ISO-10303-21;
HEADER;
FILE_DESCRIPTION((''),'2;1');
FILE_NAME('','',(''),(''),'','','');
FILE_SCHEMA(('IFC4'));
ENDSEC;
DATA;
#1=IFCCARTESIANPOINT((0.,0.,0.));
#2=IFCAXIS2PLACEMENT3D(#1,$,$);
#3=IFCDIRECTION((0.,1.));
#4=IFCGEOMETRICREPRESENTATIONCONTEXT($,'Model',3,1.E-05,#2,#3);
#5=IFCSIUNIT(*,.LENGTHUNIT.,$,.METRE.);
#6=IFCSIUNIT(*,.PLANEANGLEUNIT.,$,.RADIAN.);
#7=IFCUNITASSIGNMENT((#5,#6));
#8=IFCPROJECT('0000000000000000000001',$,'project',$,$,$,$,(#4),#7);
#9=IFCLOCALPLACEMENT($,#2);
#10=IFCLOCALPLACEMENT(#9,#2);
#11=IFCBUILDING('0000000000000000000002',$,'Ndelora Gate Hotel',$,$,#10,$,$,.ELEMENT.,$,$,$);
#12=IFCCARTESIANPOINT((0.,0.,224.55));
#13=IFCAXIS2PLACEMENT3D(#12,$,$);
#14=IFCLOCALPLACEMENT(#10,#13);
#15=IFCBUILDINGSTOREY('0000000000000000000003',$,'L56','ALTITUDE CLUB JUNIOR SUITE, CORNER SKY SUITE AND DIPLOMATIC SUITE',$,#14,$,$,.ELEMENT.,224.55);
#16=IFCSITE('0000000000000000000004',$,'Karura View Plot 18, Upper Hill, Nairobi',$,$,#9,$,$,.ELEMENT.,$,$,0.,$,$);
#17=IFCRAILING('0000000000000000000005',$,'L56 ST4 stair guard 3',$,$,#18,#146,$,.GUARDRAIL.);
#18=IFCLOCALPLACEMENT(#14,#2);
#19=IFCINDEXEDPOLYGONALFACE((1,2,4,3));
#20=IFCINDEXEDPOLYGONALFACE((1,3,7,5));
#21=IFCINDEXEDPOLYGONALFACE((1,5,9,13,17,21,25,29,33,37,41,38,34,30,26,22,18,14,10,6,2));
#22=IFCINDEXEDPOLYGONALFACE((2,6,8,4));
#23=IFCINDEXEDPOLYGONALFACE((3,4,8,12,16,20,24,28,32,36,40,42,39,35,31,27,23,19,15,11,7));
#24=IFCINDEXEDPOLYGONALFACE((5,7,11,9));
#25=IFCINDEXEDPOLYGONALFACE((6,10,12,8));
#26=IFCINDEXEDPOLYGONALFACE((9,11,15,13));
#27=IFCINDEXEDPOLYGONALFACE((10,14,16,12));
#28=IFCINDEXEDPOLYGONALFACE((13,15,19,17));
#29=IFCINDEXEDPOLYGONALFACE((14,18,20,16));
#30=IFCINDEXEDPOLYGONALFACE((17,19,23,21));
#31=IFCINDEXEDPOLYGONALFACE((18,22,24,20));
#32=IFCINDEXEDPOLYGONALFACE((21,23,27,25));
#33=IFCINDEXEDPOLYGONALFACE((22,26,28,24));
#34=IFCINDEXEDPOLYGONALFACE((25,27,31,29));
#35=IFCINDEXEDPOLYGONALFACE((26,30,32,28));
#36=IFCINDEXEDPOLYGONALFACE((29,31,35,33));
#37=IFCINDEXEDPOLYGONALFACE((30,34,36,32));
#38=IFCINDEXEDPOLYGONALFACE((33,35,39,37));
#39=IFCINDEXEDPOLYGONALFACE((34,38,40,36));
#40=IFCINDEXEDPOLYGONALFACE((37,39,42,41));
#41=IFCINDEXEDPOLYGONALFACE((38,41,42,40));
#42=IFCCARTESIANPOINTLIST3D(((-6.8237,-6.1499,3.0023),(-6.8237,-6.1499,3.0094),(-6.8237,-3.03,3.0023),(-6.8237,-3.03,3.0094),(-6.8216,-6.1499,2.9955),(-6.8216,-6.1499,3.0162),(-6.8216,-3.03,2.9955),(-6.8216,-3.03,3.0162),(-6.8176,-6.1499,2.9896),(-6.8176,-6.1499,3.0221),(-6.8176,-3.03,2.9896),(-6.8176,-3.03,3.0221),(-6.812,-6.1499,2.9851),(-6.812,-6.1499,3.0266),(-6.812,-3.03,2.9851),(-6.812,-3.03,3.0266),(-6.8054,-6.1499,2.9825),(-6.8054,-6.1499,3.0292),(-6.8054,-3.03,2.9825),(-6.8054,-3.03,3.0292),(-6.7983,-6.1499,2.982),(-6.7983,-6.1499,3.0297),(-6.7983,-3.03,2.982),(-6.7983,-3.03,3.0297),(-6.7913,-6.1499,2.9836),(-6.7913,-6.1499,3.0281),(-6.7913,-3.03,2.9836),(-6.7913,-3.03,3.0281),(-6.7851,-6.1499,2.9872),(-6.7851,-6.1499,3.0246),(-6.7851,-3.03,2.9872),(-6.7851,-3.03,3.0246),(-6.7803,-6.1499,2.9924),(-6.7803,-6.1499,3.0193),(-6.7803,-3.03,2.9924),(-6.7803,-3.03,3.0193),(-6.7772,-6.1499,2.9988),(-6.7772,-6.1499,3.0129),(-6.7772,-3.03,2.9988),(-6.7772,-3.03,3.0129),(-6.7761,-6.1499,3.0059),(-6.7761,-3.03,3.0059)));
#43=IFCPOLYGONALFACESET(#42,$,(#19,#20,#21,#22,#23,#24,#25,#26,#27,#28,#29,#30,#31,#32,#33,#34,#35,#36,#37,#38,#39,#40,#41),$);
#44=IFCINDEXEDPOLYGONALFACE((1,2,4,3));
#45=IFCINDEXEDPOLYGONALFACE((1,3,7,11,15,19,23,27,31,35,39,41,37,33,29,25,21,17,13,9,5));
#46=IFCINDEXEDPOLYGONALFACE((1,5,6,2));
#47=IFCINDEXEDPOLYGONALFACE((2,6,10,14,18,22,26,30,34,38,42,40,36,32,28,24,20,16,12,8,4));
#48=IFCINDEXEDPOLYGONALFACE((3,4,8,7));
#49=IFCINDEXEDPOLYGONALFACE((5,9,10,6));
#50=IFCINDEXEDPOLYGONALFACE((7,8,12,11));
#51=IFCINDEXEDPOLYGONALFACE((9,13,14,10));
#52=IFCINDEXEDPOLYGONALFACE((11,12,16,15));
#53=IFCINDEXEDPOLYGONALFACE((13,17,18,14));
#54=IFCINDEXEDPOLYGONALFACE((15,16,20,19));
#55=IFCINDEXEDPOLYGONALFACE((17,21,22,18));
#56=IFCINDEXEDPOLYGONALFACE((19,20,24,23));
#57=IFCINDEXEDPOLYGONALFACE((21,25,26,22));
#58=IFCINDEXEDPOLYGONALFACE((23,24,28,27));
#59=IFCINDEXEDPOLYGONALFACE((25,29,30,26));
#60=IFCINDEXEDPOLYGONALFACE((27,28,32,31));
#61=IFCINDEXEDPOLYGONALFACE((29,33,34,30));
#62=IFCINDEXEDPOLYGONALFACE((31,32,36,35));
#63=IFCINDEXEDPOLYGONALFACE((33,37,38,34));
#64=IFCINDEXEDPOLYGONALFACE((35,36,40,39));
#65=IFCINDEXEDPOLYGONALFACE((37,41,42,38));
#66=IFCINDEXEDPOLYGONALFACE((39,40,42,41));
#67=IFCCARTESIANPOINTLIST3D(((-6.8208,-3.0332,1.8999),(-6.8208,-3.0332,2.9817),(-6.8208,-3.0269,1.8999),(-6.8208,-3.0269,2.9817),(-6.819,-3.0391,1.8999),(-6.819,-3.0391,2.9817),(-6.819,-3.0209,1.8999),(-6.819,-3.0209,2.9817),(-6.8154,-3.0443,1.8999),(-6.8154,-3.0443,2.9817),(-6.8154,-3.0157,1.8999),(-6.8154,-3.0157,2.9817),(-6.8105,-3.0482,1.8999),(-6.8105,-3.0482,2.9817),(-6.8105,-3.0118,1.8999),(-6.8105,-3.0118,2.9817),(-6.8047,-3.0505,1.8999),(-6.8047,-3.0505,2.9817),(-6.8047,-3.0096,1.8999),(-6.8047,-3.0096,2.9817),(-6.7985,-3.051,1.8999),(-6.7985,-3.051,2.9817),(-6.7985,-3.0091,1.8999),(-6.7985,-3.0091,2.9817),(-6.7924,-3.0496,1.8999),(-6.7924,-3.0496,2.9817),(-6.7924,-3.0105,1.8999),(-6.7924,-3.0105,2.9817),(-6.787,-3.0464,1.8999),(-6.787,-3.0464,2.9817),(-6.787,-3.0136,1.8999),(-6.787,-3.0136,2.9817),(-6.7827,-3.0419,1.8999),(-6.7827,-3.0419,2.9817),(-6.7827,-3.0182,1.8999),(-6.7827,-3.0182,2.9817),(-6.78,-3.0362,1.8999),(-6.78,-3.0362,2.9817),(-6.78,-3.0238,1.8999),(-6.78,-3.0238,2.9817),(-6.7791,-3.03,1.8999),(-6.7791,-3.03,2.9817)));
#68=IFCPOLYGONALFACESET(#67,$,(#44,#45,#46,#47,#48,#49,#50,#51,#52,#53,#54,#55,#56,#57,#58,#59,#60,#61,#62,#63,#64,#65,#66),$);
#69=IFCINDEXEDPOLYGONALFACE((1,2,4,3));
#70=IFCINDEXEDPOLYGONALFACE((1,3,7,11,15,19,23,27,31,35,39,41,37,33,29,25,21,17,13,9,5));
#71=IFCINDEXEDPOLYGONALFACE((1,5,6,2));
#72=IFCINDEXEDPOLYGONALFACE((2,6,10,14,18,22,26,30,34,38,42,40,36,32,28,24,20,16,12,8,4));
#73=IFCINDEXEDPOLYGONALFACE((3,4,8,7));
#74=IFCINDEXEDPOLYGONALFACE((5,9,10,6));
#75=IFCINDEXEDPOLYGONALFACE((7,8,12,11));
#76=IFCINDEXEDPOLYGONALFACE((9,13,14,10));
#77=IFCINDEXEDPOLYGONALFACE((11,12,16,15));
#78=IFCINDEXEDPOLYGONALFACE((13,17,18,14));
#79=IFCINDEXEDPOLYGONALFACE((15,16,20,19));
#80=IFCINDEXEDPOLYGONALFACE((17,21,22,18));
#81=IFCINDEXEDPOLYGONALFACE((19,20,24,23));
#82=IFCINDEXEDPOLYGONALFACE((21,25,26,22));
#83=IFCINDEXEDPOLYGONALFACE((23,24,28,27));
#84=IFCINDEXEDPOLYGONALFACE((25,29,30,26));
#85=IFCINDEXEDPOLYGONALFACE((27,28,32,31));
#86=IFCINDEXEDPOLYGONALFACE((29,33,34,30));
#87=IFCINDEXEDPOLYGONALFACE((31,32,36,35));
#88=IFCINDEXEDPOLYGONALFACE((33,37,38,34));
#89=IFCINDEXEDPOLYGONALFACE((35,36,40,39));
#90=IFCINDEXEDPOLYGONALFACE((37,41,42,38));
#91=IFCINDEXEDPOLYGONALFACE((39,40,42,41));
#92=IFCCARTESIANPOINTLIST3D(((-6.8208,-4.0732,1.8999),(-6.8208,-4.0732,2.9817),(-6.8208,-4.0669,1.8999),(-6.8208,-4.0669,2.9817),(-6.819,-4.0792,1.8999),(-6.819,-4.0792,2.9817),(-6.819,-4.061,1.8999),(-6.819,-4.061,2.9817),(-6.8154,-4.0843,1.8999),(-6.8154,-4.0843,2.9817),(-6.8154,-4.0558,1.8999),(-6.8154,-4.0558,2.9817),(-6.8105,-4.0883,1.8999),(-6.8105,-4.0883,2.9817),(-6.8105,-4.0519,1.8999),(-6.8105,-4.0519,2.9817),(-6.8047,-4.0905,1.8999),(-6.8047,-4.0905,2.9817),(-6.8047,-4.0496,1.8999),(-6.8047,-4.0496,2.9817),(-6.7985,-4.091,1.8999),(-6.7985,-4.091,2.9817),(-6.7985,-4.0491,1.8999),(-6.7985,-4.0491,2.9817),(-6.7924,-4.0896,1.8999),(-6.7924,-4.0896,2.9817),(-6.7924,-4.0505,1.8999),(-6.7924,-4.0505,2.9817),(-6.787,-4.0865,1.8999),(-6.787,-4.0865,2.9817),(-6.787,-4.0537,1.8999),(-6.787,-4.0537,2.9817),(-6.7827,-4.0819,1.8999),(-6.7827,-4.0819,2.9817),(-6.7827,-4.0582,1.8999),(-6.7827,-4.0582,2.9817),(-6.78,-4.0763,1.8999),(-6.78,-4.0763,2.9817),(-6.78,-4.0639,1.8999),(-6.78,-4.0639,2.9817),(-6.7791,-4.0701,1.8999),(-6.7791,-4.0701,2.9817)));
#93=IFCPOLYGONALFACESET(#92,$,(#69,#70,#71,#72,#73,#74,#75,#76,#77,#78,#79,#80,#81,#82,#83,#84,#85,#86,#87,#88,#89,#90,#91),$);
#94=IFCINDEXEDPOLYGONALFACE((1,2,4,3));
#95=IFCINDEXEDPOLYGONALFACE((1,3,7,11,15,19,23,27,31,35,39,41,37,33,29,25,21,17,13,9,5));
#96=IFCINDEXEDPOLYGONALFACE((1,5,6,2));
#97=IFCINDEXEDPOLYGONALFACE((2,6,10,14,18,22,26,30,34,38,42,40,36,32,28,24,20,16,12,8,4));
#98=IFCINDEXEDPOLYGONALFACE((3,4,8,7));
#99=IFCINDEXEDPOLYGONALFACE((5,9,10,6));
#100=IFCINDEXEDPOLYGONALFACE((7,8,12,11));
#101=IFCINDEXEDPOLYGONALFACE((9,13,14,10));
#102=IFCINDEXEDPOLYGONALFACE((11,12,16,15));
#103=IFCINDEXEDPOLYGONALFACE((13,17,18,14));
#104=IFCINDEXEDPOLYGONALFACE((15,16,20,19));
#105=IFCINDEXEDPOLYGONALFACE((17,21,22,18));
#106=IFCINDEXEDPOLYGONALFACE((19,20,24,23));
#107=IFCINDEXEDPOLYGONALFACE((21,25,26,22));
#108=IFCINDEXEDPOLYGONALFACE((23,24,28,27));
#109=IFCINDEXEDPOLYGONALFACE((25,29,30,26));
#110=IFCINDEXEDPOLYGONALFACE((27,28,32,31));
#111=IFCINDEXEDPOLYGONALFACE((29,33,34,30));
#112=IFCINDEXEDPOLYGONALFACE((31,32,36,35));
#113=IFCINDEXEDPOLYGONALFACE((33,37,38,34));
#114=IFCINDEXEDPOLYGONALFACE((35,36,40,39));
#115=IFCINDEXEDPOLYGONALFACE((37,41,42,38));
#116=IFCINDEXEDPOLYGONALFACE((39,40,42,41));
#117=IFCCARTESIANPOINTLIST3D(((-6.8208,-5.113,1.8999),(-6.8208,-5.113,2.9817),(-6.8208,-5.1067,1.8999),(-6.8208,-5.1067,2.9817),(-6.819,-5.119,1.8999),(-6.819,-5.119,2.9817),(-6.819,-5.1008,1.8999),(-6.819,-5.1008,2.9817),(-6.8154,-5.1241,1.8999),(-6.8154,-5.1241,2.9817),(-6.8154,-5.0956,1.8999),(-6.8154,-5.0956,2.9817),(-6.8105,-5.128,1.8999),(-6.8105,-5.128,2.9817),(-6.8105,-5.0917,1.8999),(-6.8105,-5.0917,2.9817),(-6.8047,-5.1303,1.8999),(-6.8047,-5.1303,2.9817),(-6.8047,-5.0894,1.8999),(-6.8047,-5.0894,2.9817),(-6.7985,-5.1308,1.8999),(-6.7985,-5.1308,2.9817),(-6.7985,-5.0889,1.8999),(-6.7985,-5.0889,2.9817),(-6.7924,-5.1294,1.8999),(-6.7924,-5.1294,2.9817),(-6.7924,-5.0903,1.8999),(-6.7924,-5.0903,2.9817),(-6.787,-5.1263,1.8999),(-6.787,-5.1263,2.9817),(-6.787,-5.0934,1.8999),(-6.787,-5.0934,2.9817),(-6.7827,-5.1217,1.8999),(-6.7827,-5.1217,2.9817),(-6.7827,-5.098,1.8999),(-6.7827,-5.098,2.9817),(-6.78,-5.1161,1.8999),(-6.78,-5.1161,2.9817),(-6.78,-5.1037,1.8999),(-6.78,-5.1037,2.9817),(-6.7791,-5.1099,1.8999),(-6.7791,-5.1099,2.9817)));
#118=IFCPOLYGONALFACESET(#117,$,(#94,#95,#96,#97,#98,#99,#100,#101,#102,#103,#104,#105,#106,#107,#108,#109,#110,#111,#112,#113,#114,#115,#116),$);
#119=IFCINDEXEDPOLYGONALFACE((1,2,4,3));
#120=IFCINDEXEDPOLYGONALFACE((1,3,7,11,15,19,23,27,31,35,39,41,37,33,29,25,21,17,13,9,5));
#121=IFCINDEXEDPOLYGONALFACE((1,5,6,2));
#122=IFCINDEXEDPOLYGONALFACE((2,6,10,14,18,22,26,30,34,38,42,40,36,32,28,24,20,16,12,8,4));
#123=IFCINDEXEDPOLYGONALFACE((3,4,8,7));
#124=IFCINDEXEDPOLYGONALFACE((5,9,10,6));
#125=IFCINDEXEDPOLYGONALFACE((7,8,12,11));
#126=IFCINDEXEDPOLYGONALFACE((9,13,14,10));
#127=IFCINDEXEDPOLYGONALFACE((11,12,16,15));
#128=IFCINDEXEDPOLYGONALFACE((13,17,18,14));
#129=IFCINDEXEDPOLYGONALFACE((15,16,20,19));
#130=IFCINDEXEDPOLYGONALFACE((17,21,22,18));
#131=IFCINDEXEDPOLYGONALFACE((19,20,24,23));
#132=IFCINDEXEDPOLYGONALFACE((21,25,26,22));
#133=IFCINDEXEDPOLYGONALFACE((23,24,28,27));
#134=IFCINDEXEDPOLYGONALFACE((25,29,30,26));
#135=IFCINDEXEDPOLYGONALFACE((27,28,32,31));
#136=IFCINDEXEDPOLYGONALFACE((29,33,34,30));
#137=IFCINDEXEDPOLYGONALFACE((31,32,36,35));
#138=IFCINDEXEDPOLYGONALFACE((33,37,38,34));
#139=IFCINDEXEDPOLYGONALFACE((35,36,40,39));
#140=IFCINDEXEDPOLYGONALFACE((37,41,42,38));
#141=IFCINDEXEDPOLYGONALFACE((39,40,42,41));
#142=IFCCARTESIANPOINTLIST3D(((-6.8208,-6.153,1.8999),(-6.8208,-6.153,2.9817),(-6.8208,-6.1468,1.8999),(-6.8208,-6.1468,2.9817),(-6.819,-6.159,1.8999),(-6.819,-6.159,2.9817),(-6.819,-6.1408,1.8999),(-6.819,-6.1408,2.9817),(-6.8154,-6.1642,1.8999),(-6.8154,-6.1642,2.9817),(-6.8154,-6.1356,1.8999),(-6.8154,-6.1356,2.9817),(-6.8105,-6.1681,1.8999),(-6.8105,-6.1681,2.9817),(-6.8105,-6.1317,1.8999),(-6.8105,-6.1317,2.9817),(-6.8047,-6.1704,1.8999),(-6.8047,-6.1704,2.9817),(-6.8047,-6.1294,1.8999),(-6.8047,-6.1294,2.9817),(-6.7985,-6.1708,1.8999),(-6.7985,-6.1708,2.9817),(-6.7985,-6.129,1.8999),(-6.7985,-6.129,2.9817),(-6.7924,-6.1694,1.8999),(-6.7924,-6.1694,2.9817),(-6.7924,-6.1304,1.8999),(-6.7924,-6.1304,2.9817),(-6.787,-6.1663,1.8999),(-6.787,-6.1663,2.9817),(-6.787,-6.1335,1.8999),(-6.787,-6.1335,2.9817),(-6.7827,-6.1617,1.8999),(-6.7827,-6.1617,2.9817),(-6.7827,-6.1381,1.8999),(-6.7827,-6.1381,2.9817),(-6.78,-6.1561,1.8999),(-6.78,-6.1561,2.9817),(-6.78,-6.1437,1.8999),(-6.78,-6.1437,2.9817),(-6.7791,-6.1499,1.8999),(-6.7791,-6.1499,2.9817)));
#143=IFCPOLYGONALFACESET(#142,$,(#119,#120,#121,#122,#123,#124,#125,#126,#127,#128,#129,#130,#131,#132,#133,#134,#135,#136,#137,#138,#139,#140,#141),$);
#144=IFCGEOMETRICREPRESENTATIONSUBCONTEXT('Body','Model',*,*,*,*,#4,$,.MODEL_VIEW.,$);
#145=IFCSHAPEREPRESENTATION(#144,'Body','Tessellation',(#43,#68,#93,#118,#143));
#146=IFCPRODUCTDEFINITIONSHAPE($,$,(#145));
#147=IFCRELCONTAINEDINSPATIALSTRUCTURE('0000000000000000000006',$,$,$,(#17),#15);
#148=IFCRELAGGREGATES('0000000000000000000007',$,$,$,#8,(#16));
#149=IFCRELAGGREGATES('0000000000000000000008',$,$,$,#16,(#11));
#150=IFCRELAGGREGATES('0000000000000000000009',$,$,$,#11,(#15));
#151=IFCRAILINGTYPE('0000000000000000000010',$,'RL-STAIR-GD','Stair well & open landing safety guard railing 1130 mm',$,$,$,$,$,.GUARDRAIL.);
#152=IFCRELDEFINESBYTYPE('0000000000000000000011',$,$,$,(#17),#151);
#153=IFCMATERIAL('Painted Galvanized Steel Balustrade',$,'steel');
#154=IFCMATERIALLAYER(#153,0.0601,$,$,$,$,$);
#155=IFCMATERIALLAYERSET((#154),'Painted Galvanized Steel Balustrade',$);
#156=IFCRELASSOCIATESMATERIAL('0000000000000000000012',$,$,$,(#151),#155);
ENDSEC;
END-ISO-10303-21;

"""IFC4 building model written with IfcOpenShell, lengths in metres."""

from ifc_helpers import new_model, si_unit, direction, frame, origin, origin_2d, place, context, subcontext, project, spatial, circle, extrude, material, layer, layer_set, type_object, element, save


model = new_model("IFC4")

# Units and contexts
model_context = context("Model", 3, precision=1e-05, world=origin(), true_north=direction((0.0, 1.0)))
body_context = subcontext(model_context, "Body", "Model", "MODEL_VIEW")
ifc_project = project(units=[si_unit("LENGTHUNIT", "METRE"), si_unit("PLANEANGLEUNIT", "RADIAN")], contexts=[model_context])

# Site, building, storey
site_placement = place(None, origin())
site = spatial("IfcSite", under=ifc_project, at=site_placement, Name="Karura View Plot 18, Upper Hill, Nairobi", CompositionType="ELEMENT", RefElevation=0.0)
building_placement = place(site_placement, origin())
building = spatial("IfcBuilding", under=site, at=building_placement, Name="Ndelora Gate Hotel", CompositionType="ELEMENT")
storey_placement = place(building_placement, frame((0.0, 0.0, 224.55)))
storey = spatial("IfcBuildingStorey", under=building, at=storey_placement, Name="L56", Description="ALTITUDE CLUB JUNIOR SUITE, CORNER SKY SUITE AND DIPLOMATIC SUITE", CompositionType="ELEMENT", Elevation=224.55)

# Railing
ifc_material_1 = material(Name="Painted Galvanized Steel Balustrade", Category="steel")
ifc_layer_1 = layer(ifc_material_1, 0.0601)
ifc_layer_set_1 = layer_set([ifc_layer_1], Name="Painted Galvanized Steel Balustrade")
railing_type_1 = type_object("IfcRailingType", Name="RL-STAIR-GD", Description="Stair well & open landing safety guard railing 1130 mm", PredefinedType="GUARDRAIL", material=ifc_layer_set_1)
for number, where, name in (
    (1, (-6.8, -3.03, 1.8999), "L56 ST4 stair guard 3"),
):
    element("IfcRailing", number, at=place(storey_placement, frame(where)), inside=storey, type_object=railing_type_1, Name=name, PredefinedType="GUARDRAIL", context=body_context, shape_type="SweptSolid", body=[
        extrude(circle(Radius=0.0239, at=origin_2d()), frame((0.0, 0.0, 1.106), z_axis=(0.0, -1.0, 0.0), x_axis=(1.0, 0.0, 0.0)), (0.0, 0.0, 1.0), 3.1199),
        extrude(circle(Radius=0.021, at=origin_2d()), origin(), (0.0, 0.0, 1.0), 1.0818),
        extrude(circle(Radius=0.021, at=origin_2d()), frame((0.0, -1.04, 0.0)), (0.0, 0.0, 1.0), 1.0818),
        extrude(circle(Radius=0.021, at=origin_2d()), frame((0.0, -2.0798, 0.0)), (0.0, 0.0, 1.0), 1.0818),
        extrude(circle(Radius=0.021, at=origin_2d()), frame((0.0, -3.1199, 0.0)), (0.0, 0.0, 1.0), 1.0818),
    ])

save(model, "model.ifc")
